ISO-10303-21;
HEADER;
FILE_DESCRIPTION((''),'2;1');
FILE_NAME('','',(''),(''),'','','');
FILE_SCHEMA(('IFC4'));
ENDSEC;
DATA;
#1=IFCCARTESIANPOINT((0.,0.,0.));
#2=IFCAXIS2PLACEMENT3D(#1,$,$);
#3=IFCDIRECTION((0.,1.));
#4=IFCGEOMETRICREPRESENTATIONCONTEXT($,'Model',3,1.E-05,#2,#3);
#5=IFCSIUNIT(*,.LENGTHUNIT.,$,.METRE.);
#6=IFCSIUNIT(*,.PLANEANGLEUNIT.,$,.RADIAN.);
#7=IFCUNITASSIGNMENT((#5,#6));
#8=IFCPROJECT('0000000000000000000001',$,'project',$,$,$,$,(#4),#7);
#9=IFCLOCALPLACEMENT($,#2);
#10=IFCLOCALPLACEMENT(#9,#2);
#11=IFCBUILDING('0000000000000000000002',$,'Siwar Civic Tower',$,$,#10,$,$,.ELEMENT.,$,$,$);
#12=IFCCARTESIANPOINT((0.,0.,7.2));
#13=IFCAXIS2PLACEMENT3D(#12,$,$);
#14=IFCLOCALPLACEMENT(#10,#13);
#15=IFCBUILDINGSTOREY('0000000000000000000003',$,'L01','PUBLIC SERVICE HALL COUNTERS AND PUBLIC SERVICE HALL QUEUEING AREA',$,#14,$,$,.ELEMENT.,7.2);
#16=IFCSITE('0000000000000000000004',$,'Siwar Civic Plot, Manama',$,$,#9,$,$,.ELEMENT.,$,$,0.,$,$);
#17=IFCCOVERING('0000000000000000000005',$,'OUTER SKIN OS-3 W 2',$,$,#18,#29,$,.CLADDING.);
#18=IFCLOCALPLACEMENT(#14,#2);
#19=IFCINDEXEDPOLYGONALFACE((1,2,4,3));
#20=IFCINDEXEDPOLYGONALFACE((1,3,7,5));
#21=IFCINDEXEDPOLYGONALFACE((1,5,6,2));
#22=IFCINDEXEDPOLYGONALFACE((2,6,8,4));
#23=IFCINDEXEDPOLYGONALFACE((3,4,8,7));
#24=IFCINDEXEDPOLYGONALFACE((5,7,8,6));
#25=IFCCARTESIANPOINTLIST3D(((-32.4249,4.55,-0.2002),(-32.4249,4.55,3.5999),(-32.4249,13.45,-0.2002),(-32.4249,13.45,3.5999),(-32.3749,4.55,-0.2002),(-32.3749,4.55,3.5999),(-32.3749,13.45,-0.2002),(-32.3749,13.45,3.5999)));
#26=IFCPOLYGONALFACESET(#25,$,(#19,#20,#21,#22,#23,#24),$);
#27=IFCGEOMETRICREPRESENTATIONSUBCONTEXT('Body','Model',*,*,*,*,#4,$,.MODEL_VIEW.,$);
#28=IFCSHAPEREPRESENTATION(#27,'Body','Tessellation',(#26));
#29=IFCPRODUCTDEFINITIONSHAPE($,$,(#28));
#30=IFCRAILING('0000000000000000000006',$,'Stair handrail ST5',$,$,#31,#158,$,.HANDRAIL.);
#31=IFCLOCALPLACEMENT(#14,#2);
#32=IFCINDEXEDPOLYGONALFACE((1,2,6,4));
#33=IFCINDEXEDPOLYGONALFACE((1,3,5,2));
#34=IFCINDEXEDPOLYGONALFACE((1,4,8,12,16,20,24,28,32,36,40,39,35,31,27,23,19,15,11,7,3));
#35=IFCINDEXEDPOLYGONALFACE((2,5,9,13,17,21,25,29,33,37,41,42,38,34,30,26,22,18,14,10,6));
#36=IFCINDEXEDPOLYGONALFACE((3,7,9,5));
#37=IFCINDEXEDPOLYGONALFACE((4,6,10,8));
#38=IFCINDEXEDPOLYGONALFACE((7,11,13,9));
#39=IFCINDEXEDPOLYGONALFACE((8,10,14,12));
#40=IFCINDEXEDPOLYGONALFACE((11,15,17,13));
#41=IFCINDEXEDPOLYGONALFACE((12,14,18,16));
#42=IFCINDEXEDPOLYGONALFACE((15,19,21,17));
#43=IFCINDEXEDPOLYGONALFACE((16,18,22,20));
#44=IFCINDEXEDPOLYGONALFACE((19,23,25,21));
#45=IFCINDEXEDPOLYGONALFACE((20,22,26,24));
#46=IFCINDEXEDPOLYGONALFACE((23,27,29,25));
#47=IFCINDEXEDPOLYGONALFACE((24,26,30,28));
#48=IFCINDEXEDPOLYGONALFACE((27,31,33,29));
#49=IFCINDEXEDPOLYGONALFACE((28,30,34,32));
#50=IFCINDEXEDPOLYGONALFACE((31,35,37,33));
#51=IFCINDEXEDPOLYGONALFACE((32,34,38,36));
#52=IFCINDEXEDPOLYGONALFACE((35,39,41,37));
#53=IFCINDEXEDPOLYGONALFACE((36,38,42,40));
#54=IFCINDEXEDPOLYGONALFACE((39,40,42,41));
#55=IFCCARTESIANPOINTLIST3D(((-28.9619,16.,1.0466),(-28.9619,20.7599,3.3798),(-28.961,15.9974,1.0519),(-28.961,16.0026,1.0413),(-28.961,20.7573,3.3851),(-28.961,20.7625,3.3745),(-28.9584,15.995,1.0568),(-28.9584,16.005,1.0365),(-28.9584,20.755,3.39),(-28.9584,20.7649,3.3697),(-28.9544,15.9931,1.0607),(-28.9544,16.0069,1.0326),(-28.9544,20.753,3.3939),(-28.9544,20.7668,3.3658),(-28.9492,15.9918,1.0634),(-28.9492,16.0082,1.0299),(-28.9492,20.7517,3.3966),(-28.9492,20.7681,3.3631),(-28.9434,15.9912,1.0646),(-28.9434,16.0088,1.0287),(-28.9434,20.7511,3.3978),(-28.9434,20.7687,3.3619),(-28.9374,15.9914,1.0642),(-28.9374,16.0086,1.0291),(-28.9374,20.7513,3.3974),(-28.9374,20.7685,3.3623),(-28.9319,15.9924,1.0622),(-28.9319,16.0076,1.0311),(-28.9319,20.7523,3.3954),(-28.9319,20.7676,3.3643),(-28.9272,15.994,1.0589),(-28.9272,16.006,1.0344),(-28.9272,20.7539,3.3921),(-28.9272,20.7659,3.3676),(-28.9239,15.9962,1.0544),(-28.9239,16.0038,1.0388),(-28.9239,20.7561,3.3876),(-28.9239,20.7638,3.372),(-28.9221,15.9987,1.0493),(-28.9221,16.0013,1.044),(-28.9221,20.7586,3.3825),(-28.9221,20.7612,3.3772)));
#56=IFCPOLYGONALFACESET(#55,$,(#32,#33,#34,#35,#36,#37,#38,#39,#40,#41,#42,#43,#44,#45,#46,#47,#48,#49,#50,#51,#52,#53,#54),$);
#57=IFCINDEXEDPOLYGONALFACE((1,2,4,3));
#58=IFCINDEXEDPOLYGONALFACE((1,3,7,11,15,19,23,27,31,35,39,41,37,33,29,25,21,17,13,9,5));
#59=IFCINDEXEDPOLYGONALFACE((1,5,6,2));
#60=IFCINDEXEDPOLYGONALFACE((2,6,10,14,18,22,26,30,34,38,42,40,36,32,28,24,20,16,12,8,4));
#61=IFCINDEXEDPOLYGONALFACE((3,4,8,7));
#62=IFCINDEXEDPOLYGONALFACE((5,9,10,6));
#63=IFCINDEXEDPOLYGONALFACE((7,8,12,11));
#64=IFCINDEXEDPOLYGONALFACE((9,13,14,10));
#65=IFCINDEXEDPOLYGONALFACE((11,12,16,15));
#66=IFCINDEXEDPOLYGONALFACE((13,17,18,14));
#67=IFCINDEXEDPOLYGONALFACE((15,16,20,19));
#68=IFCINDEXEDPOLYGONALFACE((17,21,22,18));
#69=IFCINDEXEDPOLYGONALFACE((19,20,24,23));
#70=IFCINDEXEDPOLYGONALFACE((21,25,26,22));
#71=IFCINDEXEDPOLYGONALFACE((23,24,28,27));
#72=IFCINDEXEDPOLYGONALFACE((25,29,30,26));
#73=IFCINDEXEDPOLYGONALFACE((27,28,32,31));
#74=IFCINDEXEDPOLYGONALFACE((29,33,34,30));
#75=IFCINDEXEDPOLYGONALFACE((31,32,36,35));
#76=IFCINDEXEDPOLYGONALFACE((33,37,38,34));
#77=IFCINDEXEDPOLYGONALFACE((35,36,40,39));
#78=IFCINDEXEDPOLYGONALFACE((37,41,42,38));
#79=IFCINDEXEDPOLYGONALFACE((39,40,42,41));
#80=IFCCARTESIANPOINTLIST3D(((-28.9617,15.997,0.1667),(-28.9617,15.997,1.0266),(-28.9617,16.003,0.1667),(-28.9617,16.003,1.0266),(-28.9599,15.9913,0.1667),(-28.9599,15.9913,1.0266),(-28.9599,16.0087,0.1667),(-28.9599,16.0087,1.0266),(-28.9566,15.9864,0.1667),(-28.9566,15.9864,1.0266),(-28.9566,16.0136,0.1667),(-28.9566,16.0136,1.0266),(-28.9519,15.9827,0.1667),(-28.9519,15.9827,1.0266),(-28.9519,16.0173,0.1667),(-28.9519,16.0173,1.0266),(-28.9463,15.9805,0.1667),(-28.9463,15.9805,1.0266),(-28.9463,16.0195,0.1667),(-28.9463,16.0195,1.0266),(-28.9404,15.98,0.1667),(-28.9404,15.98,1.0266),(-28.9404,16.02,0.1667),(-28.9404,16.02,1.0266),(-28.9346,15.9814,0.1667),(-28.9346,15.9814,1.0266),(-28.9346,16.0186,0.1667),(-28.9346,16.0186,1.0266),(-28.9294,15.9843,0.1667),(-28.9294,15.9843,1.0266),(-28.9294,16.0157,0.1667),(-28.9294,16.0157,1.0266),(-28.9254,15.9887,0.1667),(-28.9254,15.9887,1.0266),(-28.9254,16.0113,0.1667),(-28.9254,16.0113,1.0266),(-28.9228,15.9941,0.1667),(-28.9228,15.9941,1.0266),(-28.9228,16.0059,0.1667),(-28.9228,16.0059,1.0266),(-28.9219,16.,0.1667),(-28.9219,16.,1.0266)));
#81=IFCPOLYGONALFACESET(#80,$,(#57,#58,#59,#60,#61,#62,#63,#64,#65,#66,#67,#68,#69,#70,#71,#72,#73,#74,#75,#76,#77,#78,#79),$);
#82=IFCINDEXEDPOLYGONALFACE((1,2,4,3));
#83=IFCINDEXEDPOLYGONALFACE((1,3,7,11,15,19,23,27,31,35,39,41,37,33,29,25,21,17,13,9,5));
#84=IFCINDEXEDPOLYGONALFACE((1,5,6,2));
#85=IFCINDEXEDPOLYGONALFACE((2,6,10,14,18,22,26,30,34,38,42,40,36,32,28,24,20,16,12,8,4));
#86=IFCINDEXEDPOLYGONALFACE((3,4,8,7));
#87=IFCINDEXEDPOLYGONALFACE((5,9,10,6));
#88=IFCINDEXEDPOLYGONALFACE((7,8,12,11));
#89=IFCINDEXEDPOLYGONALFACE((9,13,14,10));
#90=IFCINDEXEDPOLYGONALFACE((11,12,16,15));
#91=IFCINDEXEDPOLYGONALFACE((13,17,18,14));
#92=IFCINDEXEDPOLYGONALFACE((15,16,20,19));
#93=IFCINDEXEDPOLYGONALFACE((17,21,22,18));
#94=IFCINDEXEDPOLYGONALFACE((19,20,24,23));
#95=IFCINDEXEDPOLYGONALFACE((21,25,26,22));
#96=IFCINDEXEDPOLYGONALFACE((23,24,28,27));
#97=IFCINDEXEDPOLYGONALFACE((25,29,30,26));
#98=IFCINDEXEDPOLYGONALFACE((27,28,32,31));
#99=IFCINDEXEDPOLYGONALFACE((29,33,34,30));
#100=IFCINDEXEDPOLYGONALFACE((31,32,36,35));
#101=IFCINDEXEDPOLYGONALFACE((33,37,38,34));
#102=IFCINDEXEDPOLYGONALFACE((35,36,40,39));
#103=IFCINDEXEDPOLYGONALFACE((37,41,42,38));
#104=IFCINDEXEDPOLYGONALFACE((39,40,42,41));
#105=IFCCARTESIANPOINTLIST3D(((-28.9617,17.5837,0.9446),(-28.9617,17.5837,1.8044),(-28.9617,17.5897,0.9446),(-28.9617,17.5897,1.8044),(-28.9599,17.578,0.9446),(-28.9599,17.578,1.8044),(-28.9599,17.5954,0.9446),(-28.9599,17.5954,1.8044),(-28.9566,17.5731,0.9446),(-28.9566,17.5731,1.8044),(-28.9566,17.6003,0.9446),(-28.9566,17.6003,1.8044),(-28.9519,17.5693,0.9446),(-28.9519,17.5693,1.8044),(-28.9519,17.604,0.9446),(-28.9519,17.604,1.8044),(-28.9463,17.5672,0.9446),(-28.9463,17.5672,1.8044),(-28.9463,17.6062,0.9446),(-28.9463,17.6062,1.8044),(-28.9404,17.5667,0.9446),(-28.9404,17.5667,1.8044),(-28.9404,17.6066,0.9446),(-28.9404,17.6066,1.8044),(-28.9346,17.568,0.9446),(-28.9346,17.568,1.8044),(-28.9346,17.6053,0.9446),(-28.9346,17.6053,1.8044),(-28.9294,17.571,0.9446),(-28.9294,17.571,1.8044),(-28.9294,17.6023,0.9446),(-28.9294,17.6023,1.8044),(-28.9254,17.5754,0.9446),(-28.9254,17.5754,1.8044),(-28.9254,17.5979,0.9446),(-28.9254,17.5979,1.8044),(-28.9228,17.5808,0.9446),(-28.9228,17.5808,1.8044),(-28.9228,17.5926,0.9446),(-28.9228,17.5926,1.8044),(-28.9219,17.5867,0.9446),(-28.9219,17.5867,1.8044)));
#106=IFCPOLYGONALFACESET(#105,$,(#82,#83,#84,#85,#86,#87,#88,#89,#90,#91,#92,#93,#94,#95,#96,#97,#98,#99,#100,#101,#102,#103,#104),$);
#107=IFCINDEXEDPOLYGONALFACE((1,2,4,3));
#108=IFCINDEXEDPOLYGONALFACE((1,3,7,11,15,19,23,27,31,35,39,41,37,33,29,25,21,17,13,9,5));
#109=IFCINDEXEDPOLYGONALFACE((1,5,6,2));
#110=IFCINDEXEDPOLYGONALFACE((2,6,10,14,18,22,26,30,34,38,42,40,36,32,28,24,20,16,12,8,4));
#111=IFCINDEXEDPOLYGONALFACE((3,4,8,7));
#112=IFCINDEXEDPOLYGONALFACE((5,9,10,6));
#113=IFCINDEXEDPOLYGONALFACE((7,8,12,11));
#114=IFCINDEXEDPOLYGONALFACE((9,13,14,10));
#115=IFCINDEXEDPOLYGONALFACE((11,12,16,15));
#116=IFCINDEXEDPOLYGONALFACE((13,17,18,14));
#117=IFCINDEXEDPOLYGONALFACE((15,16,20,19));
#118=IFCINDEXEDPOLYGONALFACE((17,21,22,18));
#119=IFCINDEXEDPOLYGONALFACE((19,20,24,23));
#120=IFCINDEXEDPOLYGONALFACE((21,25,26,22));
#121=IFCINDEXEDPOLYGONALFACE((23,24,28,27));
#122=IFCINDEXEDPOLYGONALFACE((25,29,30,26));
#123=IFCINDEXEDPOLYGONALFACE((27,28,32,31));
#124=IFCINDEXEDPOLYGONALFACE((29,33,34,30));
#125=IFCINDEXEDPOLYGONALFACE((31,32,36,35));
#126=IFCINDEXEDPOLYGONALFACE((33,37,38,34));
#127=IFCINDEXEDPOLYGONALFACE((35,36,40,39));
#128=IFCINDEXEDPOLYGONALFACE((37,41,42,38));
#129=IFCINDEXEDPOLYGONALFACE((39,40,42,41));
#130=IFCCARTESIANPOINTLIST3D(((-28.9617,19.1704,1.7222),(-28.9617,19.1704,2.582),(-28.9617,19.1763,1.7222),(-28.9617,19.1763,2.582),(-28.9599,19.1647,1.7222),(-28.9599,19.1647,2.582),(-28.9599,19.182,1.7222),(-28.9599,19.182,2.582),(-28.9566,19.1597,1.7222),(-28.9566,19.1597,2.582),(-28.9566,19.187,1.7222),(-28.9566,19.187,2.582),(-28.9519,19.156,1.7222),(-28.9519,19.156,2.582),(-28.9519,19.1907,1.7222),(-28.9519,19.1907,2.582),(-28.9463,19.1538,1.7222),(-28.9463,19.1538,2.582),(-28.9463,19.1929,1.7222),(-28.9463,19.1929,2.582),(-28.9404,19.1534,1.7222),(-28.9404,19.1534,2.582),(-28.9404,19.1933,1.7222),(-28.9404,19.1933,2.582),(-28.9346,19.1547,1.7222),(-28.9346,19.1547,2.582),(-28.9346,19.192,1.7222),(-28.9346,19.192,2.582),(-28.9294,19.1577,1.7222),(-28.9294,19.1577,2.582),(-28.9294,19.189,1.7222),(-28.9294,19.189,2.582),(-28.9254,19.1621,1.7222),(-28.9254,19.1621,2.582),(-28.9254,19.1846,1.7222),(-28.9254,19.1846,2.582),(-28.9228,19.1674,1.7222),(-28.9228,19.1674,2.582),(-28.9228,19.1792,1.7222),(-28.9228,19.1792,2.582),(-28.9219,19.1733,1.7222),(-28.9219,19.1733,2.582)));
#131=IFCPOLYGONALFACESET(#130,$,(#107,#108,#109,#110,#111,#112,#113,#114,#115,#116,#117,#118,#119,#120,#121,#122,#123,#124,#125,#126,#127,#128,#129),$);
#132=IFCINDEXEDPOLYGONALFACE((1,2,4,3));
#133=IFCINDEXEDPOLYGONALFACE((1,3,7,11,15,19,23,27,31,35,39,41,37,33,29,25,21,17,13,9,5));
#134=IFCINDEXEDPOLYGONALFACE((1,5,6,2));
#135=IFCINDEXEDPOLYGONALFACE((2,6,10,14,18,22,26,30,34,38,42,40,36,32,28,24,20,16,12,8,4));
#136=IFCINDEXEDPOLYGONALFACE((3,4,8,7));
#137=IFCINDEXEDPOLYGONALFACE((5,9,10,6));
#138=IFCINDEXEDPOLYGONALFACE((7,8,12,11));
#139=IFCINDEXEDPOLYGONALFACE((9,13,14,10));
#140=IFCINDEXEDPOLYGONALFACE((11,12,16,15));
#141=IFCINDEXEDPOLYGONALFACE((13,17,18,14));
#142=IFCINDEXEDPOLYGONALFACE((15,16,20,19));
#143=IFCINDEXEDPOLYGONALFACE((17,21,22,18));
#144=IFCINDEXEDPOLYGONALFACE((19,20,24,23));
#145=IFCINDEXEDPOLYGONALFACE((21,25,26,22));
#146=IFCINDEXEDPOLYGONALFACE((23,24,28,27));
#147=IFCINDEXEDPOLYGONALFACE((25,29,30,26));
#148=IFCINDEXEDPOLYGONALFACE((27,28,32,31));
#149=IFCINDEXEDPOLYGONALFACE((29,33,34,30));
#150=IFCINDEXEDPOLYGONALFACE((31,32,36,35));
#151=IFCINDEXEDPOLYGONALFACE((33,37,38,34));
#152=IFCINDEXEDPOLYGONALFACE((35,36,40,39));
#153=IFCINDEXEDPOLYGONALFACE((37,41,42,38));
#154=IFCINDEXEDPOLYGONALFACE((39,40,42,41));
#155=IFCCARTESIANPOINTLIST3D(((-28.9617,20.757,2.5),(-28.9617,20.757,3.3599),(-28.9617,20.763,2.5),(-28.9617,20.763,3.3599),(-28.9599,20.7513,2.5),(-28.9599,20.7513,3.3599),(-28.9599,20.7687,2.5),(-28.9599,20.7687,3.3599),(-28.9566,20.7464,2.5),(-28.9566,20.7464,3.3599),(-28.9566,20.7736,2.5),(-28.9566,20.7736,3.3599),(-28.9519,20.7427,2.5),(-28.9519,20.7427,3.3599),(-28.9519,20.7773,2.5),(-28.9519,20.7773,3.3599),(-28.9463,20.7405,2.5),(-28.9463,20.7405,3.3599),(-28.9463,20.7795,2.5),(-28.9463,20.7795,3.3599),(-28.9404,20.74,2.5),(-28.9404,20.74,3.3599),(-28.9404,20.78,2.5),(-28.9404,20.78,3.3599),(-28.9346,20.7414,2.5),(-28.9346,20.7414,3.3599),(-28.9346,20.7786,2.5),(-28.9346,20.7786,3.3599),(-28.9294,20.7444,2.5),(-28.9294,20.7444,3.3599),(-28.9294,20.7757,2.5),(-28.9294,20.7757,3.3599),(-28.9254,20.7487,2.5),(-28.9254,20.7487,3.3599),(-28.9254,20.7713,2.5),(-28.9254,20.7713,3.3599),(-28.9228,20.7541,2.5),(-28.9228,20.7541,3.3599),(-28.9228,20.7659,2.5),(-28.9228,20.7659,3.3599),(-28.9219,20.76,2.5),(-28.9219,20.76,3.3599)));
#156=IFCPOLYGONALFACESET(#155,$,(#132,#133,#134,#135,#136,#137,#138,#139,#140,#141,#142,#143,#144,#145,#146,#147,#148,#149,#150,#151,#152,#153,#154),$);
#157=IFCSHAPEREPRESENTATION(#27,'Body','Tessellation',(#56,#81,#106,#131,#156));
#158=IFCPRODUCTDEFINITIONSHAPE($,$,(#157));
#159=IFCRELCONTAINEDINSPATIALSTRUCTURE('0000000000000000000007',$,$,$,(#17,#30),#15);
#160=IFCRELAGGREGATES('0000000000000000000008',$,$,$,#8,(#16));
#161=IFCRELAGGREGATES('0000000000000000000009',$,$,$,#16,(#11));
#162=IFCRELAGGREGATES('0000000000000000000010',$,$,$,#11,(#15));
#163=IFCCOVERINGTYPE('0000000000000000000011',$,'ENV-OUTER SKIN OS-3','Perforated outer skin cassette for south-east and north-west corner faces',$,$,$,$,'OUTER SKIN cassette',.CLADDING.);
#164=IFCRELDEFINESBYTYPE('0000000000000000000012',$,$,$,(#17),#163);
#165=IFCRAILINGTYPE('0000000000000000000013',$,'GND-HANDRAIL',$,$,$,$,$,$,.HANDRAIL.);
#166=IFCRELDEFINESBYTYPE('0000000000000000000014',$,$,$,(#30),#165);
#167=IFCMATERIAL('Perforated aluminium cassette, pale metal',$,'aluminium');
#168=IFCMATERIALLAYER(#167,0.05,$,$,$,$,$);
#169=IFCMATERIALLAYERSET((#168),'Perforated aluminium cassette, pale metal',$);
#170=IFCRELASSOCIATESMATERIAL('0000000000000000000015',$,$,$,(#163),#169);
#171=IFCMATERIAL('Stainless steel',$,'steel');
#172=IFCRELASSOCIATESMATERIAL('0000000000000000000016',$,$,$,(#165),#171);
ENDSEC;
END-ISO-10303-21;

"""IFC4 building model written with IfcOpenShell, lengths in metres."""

from ifc_helpers import new_model, si_unit, direction, frame, origin, origin_2d, place, context, subcontext, project, spatial, rectangle, circle, extrude, material, layer, layer_set, type_object, element, save


model = new_model("IFC4")

# Units and contexts
model_context = context("Model", 3, precision=1e-05, world=origin(), true_north=direction((0.0, 1.0)))
body_context = subcontext(model_context, "Body", "Model", "MODEL_VIEW")
ifc_project = project(units=[si_unit("LENGTHUNIT", "METRE"), si_unit("PLANEANGLEUNIT", "RADIAN")], contexts=[model_context])

# Site, building, storey
site_placement = place(None, origin())
site = spatial("IfcSite", under=ifc_project, at=site_placement, Name="Siwar Civic Plot, Manama", CompositionType="ELEMENT", RefElevation=0.0)
building_placement = place(site_placement, origin())
building = spatial("IfcBuilding", under=site, at=building_placement, Name="Siwar Civic Tower", CompositionType="ELEMENT")
storey_placement = place(building_placement, frame((0.0, 0.0, 7.2)))
storey = spatial("IfcBuildingStorey", under=building, at=storey_placement, Name="L01", Description="PUBLIC SERVICE HALL COUNTERS AND PUBLIC SERVICE HALL QUEUEING AREA", CompositionType="ELEMENT", Elevation=7.2)

# Covering
ifc_material_1 = material(Name="Perforated aluminium cassette, pale metal", Category="aluminium")
ifc_layer_1 = layer(ifc_material_1, 0.05)
ifc_layer_set_1 = layer_set([ifc_layer_1], Name="Perforated aluminium cassette, pale metal")
covering_type = type_object("IfcCoveringType", Name="ENV-OUTER SKIN OS-3", Description="Perforated outer skin cassette for south-east and north-west corner faces", ElementType="OUTER SKIN cassette", PredefinedType="CLADDING", material=ifc_layer_set_1)
covering_1_placement = place(storey_placement, frame((-32.3999, 9.0, -0.2002), z_axis=(0.0, 0.0, 1.0), x_axis=(0.0, -1.0, 0.0)))
element("IfcCovering", 1, at=covering_1_placement, inside=storey, type_object=covering_type, Name="OUTER SKIN OS-3 W 2", PredefinedType="CLADDING", context=body_context, shape_type="SweptSolid", body=[
    extrude(rectangle(XDim=8.8999, YDim=0.05, at=origin_2d()), origin(), (0.0, 0.0, 1.0), 3.8),
])

# Railing
ifc_material_2 = material(Name="Stainless steel", Category="steel")
railing_type = type_object("IfcRailingType", Name="GND-HANDRAIL", PredefinedType="HANDRAIL", material=ifc_material_2)
railing_1_placement = place(storey_placement, frame((-28.9419, 16.0, 0.1667)))
element("IfcRailing", 2, at=railing_1_placement, inside=storey, type_object=railing_type, Name="Stair handrail ST5", PredefinedType="HANDRAIL", context=body_context, shape_type="SweptSolid", body=[
    extrude(circle(Radius=0.02, at=origin_2d()), frame((0.0, 0.0, 0.8799), z_axis=(0.0, 0.897927, 0.440144), x_axis=(-1.0, 0.0, 0.0)), (0.0, 0.0, 1.0), 5.301),
    extrude(circle(Radius=0.02, at=origin_2d()), origin(), (0.0, 0.0, 1.0), 0.8599),
    extrude(circle(Radius=0.02, at=origin_2d()), frame((0.0, 1.5867, 0.7778)), (0.0, 0.0, 1.0), 0.8599),
    extrude(circle(Radius=0.02, at=origin_2d()), frame((0.0, 3.1733, 1.5554)), (0.0, 0.0, 1.0), 0.8599),
    extrude(circle(Radius=0.02, at=origin_2d()), frame((0.0, 4.76, 2.3333)), (0.0, 0.0, 1.0), 0.8599),
])

save(model, "model.ifc")
